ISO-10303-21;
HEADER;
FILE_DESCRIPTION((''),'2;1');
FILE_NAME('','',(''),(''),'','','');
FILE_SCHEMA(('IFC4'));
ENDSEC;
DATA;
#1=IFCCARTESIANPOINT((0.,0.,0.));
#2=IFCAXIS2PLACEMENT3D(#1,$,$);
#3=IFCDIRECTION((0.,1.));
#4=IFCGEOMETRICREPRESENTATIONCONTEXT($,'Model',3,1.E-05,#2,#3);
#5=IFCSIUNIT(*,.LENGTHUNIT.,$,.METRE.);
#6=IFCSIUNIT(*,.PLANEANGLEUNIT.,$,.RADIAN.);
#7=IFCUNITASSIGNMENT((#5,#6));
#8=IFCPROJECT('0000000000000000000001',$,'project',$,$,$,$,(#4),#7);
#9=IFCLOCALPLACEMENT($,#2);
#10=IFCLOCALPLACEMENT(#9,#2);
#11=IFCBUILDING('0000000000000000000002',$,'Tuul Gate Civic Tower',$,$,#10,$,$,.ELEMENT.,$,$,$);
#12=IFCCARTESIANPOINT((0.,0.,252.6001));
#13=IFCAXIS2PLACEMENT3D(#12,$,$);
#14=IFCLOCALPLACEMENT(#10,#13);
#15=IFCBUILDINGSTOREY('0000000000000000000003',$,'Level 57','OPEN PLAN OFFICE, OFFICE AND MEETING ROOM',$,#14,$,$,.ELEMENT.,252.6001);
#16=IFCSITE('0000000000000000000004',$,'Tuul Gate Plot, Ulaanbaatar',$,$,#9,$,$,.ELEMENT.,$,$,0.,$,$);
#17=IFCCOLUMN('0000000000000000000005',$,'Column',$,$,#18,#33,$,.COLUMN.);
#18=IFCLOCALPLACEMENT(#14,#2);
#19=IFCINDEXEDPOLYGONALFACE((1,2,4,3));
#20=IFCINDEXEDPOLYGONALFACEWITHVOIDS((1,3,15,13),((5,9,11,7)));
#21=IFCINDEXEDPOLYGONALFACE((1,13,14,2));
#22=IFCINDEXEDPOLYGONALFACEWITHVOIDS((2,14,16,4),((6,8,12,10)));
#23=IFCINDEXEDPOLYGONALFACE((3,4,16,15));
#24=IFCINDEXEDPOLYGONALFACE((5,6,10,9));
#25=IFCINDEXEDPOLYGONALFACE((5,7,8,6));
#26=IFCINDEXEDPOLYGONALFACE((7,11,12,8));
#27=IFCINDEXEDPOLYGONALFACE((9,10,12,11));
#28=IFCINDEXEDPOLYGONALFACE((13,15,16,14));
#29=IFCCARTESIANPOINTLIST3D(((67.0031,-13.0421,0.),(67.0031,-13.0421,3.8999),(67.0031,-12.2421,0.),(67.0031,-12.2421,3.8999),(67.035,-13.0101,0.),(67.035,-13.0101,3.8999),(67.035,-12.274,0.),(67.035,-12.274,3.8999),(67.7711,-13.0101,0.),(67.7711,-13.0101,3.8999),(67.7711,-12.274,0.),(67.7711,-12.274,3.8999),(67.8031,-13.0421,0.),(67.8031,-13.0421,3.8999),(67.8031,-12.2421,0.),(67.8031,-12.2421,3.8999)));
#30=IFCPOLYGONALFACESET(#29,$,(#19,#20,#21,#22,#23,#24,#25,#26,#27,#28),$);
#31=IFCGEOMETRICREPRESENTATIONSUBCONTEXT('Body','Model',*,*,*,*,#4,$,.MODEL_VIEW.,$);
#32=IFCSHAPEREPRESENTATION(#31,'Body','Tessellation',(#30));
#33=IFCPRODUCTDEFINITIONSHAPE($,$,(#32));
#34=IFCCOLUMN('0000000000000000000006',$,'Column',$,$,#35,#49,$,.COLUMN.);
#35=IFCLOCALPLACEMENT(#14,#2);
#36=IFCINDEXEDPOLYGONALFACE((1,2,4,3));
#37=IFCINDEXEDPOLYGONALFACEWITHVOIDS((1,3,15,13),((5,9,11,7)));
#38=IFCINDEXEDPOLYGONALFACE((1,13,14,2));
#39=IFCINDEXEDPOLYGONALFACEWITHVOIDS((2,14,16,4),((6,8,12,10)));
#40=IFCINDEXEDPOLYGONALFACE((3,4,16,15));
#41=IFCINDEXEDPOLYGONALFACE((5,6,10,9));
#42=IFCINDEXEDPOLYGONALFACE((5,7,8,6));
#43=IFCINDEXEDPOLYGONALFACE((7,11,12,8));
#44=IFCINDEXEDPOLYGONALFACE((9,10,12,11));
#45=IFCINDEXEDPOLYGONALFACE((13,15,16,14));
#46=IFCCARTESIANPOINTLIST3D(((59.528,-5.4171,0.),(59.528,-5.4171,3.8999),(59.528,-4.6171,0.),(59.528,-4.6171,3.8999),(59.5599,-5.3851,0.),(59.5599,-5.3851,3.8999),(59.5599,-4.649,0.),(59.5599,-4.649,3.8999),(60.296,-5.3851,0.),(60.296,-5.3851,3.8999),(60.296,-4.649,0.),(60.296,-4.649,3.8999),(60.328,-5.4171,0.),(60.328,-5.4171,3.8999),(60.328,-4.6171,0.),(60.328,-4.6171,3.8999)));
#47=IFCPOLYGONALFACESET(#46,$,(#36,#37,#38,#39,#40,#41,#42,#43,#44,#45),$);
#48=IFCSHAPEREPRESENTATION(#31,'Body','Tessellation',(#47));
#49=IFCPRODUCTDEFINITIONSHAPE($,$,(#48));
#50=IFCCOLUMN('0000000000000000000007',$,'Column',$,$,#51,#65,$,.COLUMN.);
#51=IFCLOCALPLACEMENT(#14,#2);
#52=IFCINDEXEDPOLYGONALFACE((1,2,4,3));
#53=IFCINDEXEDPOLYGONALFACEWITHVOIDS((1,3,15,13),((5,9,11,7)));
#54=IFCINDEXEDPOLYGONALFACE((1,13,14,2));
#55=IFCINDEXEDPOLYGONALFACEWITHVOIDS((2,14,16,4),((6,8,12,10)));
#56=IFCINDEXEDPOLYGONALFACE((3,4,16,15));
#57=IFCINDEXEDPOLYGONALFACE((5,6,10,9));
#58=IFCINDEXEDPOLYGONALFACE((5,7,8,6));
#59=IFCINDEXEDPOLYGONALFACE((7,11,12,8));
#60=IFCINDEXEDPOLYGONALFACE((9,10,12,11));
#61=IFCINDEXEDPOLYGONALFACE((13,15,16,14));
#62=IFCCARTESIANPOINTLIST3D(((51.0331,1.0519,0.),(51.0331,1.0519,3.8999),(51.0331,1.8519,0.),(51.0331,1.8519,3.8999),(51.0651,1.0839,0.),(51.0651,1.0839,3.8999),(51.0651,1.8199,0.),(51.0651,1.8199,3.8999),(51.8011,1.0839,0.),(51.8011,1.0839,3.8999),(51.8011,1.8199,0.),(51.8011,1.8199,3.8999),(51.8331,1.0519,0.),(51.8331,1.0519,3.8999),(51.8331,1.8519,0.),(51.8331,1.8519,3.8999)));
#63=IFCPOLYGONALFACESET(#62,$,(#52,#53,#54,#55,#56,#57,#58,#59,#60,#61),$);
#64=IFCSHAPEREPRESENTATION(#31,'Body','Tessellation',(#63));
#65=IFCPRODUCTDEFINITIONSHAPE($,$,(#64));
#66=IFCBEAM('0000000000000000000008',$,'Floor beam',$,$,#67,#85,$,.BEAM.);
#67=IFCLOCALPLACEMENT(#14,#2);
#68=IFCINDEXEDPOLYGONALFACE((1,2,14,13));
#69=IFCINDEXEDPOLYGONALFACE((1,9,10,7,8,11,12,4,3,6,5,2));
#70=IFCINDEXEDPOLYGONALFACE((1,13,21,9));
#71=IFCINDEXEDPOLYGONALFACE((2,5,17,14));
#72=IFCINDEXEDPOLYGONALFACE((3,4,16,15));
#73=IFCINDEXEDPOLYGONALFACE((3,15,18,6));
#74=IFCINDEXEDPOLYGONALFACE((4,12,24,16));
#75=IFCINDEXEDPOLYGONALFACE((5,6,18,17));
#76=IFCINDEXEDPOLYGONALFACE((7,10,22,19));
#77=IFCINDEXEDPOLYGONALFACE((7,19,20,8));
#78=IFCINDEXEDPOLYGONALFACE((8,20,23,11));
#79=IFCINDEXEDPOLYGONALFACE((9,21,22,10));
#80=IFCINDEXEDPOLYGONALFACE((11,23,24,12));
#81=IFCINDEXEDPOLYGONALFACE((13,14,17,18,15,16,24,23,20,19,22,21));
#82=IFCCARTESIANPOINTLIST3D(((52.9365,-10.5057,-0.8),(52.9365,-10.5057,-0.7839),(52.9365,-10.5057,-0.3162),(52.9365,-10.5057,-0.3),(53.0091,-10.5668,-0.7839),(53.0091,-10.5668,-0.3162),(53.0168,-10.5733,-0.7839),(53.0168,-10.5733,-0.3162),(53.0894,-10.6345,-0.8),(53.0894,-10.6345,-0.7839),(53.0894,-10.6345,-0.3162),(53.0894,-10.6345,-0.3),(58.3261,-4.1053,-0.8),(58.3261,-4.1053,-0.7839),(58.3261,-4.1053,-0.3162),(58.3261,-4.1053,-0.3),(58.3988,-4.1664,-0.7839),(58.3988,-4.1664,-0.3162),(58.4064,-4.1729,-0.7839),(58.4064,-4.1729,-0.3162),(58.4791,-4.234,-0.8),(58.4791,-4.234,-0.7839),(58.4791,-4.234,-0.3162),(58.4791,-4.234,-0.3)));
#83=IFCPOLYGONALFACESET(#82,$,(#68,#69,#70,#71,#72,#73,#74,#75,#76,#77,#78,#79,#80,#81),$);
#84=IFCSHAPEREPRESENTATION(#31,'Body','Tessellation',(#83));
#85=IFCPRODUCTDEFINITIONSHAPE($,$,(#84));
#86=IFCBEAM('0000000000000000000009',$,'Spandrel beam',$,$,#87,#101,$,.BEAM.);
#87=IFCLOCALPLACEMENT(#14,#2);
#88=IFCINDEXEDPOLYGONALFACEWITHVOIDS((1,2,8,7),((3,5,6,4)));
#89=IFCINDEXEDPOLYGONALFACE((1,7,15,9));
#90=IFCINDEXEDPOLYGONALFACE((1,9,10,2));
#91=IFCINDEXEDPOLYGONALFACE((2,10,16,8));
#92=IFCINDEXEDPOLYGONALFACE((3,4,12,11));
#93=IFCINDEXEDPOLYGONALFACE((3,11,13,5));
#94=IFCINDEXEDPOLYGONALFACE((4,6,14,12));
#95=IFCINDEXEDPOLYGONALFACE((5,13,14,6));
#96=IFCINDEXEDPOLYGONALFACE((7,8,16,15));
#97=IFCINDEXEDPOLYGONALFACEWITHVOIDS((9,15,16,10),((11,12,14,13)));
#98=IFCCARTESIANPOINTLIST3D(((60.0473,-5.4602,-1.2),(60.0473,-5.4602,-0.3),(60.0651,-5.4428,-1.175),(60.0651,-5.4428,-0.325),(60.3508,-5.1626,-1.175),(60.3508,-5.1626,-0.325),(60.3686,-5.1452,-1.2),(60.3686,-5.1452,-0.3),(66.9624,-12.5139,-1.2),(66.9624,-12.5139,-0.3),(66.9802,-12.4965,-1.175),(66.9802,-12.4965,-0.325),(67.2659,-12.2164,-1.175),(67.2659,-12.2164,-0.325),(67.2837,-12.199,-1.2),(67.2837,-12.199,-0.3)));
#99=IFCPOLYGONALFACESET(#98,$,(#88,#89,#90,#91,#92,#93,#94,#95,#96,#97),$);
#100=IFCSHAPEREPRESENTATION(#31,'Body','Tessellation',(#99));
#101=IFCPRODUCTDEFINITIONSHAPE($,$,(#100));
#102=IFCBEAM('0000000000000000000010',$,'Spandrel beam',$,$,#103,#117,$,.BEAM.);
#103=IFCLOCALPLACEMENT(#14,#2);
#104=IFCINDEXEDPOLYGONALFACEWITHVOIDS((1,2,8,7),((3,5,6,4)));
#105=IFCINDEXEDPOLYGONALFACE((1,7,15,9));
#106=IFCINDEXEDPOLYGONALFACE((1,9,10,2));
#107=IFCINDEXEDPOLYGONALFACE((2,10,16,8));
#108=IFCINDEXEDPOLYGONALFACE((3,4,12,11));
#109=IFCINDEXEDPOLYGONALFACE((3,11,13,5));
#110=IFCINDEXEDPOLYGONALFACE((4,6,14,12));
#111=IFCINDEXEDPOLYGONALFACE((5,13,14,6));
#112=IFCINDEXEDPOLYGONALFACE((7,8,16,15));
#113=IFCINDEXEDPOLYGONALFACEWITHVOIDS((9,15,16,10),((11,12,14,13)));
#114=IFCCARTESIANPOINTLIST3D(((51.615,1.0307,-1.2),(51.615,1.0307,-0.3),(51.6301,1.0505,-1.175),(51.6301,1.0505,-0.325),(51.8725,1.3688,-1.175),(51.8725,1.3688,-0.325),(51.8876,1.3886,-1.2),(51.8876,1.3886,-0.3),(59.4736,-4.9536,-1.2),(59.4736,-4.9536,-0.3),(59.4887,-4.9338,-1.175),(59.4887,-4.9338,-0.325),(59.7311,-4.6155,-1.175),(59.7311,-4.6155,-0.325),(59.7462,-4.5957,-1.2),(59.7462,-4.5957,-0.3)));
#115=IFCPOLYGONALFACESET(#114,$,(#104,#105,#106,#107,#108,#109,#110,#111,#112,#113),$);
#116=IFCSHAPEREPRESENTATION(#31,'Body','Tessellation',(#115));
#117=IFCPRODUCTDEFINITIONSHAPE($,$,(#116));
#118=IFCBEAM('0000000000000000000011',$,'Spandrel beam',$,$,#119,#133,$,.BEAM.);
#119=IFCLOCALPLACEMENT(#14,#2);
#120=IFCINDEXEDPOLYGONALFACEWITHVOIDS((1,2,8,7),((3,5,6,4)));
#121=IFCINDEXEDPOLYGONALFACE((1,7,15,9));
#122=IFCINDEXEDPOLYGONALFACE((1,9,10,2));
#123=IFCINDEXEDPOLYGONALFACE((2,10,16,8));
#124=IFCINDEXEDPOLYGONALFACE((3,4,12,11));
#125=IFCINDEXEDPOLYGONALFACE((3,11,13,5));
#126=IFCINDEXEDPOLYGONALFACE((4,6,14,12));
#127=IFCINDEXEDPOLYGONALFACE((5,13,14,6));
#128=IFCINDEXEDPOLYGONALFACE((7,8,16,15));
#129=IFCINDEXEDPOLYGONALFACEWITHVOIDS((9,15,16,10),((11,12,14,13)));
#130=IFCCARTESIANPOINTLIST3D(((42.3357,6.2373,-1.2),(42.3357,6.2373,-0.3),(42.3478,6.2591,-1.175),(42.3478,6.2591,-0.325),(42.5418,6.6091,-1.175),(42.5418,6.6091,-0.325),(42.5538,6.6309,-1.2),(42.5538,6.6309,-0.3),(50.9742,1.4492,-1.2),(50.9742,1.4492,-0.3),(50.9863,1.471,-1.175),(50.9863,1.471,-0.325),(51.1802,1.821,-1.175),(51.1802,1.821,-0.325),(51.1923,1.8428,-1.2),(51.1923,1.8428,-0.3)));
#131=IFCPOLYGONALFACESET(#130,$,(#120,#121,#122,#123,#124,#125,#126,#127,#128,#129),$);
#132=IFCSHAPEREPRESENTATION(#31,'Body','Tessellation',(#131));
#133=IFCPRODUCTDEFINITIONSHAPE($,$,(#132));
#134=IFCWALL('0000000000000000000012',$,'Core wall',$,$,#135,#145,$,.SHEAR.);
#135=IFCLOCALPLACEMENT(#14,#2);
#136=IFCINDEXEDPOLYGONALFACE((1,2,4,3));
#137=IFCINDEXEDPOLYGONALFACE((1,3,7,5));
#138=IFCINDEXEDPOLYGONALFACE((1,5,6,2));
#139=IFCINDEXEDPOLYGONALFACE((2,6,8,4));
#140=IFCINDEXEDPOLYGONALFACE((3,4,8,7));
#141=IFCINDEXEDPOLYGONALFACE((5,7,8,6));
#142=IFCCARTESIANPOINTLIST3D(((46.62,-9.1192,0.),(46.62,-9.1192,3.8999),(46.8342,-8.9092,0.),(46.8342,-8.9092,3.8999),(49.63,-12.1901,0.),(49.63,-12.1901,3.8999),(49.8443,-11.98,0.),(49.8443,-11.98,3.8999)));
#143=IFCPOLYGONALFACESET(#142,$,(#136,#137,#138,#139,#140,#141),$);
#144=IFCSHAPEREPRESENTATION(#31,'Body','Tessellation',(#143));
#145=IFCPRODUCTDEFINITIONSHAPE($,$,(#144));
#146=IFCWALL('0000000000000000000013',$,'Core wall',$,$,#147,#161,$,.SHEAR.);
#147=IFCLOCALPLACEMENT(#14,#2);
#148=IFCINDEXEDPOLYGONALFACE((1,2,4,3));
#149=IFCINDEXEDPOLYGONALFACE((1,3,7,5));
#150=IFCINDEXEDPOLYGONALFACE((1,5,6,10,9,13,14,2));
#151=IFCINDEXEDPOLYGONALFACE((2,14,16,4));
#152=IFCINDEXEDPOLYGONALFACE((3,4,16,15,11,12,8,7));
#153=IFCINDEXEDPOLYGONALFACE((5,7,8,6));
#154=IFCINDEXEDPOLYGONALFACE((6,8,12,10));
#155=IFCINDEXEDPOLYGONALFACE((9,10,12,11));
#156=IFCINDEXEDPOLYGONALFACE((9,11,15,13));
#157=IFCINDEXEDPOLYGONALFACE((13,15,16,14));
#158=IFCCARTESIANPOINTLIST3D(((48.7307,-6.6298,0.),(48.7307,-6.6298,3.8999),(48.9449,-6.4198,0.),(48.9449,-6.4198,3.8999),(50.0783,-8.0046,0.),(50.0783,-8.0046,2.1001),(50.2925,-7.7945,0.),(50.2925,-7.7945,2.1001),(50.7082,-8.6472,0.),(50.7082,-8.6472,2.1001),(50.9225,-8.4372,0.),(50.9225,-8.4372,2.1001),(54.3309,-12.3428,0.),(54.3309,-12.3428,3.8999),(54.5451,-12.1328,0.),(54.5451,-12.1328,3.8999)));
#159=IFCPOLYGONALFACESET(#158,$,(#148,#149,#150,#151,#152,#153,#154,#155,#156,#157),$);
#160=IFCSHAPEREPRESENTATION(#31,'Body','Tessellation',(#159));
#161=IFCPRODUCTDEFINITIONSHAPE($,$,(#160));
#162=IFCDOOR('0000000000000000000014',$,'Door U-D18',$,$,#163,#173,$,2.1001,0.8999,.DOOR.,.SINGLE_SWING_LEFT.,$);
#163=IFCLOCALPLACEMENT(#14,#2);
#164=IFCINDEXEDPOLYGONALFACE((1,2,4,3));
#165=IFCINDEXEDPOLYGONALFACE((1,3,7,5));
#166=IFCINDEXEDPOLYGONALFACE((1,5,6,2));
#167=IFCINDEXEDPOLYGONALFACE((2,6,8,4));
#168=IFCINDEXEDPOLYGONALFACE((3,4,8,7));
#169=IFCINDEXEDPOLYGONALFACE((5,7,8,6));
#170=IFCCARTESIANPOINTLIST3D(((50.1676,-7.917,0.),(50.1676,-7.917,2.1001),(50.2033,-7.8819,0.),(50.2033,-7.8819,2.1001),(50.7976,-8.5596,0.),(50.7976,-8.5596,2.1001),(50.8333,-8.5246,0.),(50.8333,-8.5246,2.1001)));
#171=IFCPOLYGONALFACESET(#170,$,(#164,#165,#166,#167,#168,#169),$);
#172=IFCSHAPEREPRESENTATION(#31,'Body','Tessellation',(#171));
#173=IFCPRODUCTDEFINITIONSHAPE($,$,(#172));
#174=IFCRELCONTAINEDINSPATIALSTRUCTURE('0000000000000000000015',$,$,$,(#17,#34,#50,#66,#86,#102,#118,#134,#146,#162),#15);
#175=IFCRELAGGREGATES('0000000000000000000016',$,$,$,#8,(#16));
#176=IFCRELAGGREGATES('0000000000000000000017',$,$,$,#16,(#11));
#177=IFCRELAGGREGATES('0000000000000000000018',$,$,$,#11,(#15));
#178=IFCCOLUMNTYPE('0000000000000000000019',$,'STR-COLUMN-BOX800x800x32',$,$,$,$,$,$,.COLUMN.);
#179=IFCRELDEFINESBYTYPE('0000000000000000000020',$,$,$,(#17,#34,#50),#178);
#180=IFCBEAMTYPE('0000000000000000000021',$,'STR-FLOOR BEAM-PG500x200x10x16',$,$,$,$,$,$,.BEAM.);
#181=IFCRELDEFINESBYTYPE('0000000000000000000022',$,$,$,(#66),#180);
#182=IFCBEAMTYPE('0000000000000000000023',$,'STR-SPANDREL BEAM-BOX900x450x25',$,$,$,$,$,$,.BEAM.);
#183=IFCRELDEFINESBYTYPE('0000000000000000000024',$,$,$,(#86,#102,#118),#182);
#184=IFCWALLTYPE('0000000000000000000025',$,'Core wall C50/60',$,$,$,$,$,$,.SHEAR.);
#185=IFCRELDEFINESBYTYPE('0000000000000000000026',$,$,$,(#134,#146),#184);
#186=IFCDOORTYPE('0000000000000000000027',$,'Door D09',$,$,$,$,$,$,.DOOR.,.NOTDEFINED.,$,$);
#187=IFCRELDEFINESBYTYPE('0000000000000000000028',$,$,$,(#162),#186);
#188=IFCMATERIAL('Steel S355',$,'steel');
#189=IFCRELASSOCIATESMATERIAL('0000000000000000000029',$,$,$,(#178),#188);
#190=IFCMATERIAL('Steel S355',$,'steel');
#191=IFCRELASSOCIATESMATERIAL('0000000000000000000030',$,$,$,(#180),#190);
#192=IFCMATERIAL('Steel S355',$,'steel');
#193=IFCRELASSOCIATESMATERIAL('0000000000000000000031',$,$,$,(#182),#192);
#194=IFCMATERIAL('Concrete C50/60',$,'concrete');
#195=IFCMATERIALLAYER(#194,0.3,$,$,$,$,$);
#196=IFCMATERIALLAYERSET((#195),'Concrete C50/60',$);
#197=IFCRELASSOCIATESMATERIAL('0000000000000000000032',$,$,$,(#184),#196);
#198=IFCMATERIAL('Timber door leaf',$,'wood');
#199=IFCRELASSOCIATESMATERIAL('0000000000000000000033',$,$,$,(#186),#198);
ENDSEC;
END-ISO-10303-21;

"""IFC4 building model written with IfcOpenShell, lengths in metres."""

from ifc_helpers import new_model, si_unit, direction, frame, frame_2d, origin, origin_2d, place, context, subcontext, project, spatial, rectangle, hollow_rectangle, i_section, extrude, material, layer, layer_set, material_profile, profile_set, type_object, element, fill, save


model = new_model("IFC4")

# Units and contexts
model_context = context("Model", 3, precision=1e-05, world=origin(), true_north=direction((0.0, 1.0)))
body_context = subcontext(model_context, "Body", "Model", "MODEL_VIEW")
ifc_project = project(units=[si_unit("LENGTHUNIT", "METRE"), si_unit("PLANEANGLEUNIT", "RADIAN")], contexts=[model_context])

# Site, building, storey
site_placement = place(None, origin())
site = spatial("IfcSite", under=ifc_project, at=site_placement, Name="Tuul Gate Plot, Ulaanbaatar", CompositionType="ELEMENT", RefElevation=0.0)
building_placement = place(site_placement, origin())
building = spatial("IfcBuilding", under=site, at=building_placement, Name="Tuul Gate Civic Tower", CompositionType="ELEMENT")
storey_placement = place(building_placement, frame((0.0, 0.0, 252.6001)))
storey = spatial("IfcBuildingStorey", under=building, at=storey_placement, Name="Level 57", Description="OPEN PLAN OFFICE, OFFICE AND MEETING ROOM", CompositionType="ELEMENT", Elevation=252.6001)

# Columns
ifc_material_1 = material(Name="Steel S355", Category="steel")
ifc_material_profile_1 = material_profile(ifc_material_1, hollow_rectangle(XDim=0.8, YDim=0.8, WallThickness=0.032, at=origin_2d()), Name="BOX800x800x32")
ifc_profile_set_1 = profile_set([ifc_material_profile_1], Name="Steel S355")
column_type = type_object("IfcColumnType", Name="STR-COLUMN-BOX800x800x32", PredefinedType="COLUMN", material=ifc_profile_set_1)
for number, where, z_axis, x_axis, name in (
    (1, (67.4031, -12.6421, 0.0), (0.0, 0.0, 1.0), (1.0, 0.0, 0.0), "Column"),
    (2, (59.928, -5.0171, 0.0), (0.0, 0.0, 1.0), (1.0, 0.0, 0.0), "Column"),
    (3, (51.4331, 1.4519, 0.0), (0.0, 0.0, 1.0), (1.0, 0.0, 0.0), "Column"),
):
    element("IfcColumn", number, at=place(storey_placement, frame(where, z_axis=z_axis, x_axis=x_axis)), inside=storey, type_object=column_type, Name=name, PredefinedType="COLUMN", context=body_context, shape_type="SweptSolid", body=[
        extrude(hollow_rectangle(XDim=0.8, YDim=0.8, WallThickness=0.032, at=origin_2d()), origin(), (0.0, 0.0, 1.0), 3.8999),
    ])

# Beams
ifc_material_2 = material(Name="Steel S355", Category="steel")
ifc_material_profile_2 = material_profile(ifc_material_2, i_section(OverallWidth=0.2, OverallDepth=0.5, WebThickness=0.01, FlangeThickness=0.0161, at=origin_2d()), Name="PG500x200x10x16")
ifc_profile_set_2 = profile_set([ifc_material_profile_2], Name="Steel S355")
beam_type_1 = type_object("IfcBeamType", Name="STR-FLOOR BEAM-PG500x200x10x16", PredefinedType="BEAM", material=ifc_profile_set_2)
beam_1_placement = place(storey_placement, frame((53.0129, -10.5701, -0.55), z_axis=(0.644125, 0.76492, 0.0), x_axis=(-0.76492, 0.644125, 0.0)))
element("IfcBeam", 4, at=beam_1_placement, inside=storey, type_object=beam_type_1, Name="Floor beam", PredefinedType="BEAM", context=body_context, shape_type="SweptSolid", body=[
    extrude(i_section(OverallWidth=0.2, OverallDepth=0.5, WebThickness=0.01, FlangeThickness=0.0161, at=origin_2d()), origin(), (0.0, 0.0, 1.0), 8.3674),
])
ifc_material_3 = material(Name="Steel S355", Category="steel")
ifc_material_profile_3 = material_profile(ifc_material_3, hollow_rectangle(XDim=0.45, YDim=0.8999, WallThickness=0.0249, at=origin_2d()), Name="BOX900x450x25")
ifc_profile_set_3 = profile_set([ifc_material_profile_3], Name="Steel S355")
beam_type_2 = type_object("IfcBeamType", Name="STR-SPANDREL BEAM-BOX900x450x25", PredefinedType="BEAM", material=ifc_profile_set_3)
beam_2_placement = place(storey_placement, frame((67.123, -12.3564, -0.75), z_axis=(-0.700053, 0.714091, 0.0), x_axis=(-0.714091, -0.700053, 0.0)))
element("IfcBeam", 5, at=beam_2_placement, inside=storey, type_object=beam_type_2, Name="Spandrel beam", PredefinedType="BEAM", context=body_context, shape_type="SweptSolid", body=[
    extrude(hollow_rectangle(XDim=0.45, YDim=0.8999, WallThickness=0.0249, at=origin_2d()), origin(), (0.0, 0.0, 1.0), 9.8779),
])
beam_3_placement = place(storey_placement, frame((59.6099, -4.7747, -0.75), z_axis=(-0.795586, 0.605841, 0.0), x_axis=(-0.605841, -0.795586, 0.0)))
element("IfcBeam", 6, at=beam_3_placement, inside=storey, type_object=beam_type_2, Name="Spandrel beam", PredefinedType="BEAM", context=body_context, shape_type="SweptSolid", body=[
    extrude(hollow_rectangle(XDim=0.45, YDim=0.8999, WallThickness=0.0249, at=origin_2d()), origin(), (0.0, 0.0, 1.0), 9.8777),
])
beam_4_placement = place(storey_placement, frame((51.0833, 1.646, -0.75), z_axis=(-0.874631, 0.484788, 0.0), x_axis=(-0.484788, -0.874631, 0.0)))
element("IfcBeam", 7, at=beam_4_placement, inside=storey, type_object=beam_type_2, Name="Spandrel beam", PredefinedType="BEAM", context=body_context, shape_type="SweptSolid", body=[
    extrude(hollow_rectangle(XDim=0.45, YDim=0.8999, WallThickness=0.0249, at=origin_2d()), origin(), (0.0, 0.0, 1.0), 9.8767),
])

# Wall
ifc_material_4 = material(Name="Concrete C50/60", Category="concrete")
ifc_layer_1 = layer(ifc_material_4, 0.3)
ifc_layer_set_1 = layer_set([ifc_layer_1], Name="Concrete C50/60")
wall_type_1 = type_object("IfcWallType", Name="Core wall C50/60", PredefinedType="SHEAR", material=ifc_layer_set_1)
wall_1_placement = place(storey_placement, frame((49.7371, -12.085, 0.0), z_axis=(0.0, 0.0, 1.0), x_axis=(-0.700003, 0.71414, 0.0)))
element("IfcWall", 8, at=wall_1_placement, inside=storey, type_object=wall_type_1, Name="Core wall", PredefinedType="SHEAR", context=body_context, shape_type="SweptSolid", body=[
    extrude(rectangle(XDim=4.3, YDim=0.3, at=frame_2d((2.1499, 0.0))), origin(), (0.0, 0.0, 1.0), 3.8999),
])

# Wall, opening, door
wall_2_placement = place(storey_placement, frame((54.438, -12.2378, 0.0), z_axis=(0.0, 0.0, 1.0), x_axis=(-0.700022, 0.714121, 0.0)))
wall_2 = element("IfcWall", 9, at=wall_2_placement, inside=storey, type_object=wall_type_1, Name="Core wall", PredefinedType="SHEAR", context=body_context, shape_type="SweptSolid", body=[
    extrude(rectangle(XDim=8.0, YDim=0.3, at=frame_2d((4.0, 0.0))), origin(), (0.0, 0.0, 1.0), 3.8999),
])
opening_1_placement = place(wall_2_placement, frame((5.175, 0.0, 0.0)))
opening_1 = element("IfcOpeningElement", 10, at=opening_1_placement, cuts=wall_2, PredefinedType="OPENING", context=body_context, shape_type="SweptSolid", body=[
    extrude(rectangle(XDim=0.8999, YDim=2.1001, at=frame_2d((0.45, 1.05))), frame((0.0, 0.1602, 0.0), z_axis=(0.0, -1.0, 0.0), x_axis=(1.0, 0.0, 0.0)), (0.0, 0.0, 1.0), 0.3201),
])
ifc_material_5 = material(Name="Timber door leaf", Category="wood")
door_type_1 = type_object("IfcDoorType", Name="Door D09", OperationType="NOTDEFINED", PredefinedType="DOOR", material=ifc_material_5)
door_1_placement = place(opening_1_placement, origin())
door_1 = element("IfcDoor", 11, at=door_1_placement, inside=storey, type_object=door_type_1, Name="Door U-D18", OperationType="SINGLE_SWING_LEFT", OverallHeight=2.1001, OverallWidth=0.8999, PredefinedType="DOOR", context=body_context, shape_type="SweptSolid", body=[
    extrude(rectangle(XDim=0.8999, YDim=2.1001, at=frame_2d((0.45, 1.05))), frame((0.0, 0.0249, 0.0), z_axis=(0.0, -1.0, 0.0), x_axis=(1.0, 0.0, 0.0)), (0.0, 0.0, 1.0), 0.05),
])
fill(opening_1, door_1)

save(model, "model.ifc")
